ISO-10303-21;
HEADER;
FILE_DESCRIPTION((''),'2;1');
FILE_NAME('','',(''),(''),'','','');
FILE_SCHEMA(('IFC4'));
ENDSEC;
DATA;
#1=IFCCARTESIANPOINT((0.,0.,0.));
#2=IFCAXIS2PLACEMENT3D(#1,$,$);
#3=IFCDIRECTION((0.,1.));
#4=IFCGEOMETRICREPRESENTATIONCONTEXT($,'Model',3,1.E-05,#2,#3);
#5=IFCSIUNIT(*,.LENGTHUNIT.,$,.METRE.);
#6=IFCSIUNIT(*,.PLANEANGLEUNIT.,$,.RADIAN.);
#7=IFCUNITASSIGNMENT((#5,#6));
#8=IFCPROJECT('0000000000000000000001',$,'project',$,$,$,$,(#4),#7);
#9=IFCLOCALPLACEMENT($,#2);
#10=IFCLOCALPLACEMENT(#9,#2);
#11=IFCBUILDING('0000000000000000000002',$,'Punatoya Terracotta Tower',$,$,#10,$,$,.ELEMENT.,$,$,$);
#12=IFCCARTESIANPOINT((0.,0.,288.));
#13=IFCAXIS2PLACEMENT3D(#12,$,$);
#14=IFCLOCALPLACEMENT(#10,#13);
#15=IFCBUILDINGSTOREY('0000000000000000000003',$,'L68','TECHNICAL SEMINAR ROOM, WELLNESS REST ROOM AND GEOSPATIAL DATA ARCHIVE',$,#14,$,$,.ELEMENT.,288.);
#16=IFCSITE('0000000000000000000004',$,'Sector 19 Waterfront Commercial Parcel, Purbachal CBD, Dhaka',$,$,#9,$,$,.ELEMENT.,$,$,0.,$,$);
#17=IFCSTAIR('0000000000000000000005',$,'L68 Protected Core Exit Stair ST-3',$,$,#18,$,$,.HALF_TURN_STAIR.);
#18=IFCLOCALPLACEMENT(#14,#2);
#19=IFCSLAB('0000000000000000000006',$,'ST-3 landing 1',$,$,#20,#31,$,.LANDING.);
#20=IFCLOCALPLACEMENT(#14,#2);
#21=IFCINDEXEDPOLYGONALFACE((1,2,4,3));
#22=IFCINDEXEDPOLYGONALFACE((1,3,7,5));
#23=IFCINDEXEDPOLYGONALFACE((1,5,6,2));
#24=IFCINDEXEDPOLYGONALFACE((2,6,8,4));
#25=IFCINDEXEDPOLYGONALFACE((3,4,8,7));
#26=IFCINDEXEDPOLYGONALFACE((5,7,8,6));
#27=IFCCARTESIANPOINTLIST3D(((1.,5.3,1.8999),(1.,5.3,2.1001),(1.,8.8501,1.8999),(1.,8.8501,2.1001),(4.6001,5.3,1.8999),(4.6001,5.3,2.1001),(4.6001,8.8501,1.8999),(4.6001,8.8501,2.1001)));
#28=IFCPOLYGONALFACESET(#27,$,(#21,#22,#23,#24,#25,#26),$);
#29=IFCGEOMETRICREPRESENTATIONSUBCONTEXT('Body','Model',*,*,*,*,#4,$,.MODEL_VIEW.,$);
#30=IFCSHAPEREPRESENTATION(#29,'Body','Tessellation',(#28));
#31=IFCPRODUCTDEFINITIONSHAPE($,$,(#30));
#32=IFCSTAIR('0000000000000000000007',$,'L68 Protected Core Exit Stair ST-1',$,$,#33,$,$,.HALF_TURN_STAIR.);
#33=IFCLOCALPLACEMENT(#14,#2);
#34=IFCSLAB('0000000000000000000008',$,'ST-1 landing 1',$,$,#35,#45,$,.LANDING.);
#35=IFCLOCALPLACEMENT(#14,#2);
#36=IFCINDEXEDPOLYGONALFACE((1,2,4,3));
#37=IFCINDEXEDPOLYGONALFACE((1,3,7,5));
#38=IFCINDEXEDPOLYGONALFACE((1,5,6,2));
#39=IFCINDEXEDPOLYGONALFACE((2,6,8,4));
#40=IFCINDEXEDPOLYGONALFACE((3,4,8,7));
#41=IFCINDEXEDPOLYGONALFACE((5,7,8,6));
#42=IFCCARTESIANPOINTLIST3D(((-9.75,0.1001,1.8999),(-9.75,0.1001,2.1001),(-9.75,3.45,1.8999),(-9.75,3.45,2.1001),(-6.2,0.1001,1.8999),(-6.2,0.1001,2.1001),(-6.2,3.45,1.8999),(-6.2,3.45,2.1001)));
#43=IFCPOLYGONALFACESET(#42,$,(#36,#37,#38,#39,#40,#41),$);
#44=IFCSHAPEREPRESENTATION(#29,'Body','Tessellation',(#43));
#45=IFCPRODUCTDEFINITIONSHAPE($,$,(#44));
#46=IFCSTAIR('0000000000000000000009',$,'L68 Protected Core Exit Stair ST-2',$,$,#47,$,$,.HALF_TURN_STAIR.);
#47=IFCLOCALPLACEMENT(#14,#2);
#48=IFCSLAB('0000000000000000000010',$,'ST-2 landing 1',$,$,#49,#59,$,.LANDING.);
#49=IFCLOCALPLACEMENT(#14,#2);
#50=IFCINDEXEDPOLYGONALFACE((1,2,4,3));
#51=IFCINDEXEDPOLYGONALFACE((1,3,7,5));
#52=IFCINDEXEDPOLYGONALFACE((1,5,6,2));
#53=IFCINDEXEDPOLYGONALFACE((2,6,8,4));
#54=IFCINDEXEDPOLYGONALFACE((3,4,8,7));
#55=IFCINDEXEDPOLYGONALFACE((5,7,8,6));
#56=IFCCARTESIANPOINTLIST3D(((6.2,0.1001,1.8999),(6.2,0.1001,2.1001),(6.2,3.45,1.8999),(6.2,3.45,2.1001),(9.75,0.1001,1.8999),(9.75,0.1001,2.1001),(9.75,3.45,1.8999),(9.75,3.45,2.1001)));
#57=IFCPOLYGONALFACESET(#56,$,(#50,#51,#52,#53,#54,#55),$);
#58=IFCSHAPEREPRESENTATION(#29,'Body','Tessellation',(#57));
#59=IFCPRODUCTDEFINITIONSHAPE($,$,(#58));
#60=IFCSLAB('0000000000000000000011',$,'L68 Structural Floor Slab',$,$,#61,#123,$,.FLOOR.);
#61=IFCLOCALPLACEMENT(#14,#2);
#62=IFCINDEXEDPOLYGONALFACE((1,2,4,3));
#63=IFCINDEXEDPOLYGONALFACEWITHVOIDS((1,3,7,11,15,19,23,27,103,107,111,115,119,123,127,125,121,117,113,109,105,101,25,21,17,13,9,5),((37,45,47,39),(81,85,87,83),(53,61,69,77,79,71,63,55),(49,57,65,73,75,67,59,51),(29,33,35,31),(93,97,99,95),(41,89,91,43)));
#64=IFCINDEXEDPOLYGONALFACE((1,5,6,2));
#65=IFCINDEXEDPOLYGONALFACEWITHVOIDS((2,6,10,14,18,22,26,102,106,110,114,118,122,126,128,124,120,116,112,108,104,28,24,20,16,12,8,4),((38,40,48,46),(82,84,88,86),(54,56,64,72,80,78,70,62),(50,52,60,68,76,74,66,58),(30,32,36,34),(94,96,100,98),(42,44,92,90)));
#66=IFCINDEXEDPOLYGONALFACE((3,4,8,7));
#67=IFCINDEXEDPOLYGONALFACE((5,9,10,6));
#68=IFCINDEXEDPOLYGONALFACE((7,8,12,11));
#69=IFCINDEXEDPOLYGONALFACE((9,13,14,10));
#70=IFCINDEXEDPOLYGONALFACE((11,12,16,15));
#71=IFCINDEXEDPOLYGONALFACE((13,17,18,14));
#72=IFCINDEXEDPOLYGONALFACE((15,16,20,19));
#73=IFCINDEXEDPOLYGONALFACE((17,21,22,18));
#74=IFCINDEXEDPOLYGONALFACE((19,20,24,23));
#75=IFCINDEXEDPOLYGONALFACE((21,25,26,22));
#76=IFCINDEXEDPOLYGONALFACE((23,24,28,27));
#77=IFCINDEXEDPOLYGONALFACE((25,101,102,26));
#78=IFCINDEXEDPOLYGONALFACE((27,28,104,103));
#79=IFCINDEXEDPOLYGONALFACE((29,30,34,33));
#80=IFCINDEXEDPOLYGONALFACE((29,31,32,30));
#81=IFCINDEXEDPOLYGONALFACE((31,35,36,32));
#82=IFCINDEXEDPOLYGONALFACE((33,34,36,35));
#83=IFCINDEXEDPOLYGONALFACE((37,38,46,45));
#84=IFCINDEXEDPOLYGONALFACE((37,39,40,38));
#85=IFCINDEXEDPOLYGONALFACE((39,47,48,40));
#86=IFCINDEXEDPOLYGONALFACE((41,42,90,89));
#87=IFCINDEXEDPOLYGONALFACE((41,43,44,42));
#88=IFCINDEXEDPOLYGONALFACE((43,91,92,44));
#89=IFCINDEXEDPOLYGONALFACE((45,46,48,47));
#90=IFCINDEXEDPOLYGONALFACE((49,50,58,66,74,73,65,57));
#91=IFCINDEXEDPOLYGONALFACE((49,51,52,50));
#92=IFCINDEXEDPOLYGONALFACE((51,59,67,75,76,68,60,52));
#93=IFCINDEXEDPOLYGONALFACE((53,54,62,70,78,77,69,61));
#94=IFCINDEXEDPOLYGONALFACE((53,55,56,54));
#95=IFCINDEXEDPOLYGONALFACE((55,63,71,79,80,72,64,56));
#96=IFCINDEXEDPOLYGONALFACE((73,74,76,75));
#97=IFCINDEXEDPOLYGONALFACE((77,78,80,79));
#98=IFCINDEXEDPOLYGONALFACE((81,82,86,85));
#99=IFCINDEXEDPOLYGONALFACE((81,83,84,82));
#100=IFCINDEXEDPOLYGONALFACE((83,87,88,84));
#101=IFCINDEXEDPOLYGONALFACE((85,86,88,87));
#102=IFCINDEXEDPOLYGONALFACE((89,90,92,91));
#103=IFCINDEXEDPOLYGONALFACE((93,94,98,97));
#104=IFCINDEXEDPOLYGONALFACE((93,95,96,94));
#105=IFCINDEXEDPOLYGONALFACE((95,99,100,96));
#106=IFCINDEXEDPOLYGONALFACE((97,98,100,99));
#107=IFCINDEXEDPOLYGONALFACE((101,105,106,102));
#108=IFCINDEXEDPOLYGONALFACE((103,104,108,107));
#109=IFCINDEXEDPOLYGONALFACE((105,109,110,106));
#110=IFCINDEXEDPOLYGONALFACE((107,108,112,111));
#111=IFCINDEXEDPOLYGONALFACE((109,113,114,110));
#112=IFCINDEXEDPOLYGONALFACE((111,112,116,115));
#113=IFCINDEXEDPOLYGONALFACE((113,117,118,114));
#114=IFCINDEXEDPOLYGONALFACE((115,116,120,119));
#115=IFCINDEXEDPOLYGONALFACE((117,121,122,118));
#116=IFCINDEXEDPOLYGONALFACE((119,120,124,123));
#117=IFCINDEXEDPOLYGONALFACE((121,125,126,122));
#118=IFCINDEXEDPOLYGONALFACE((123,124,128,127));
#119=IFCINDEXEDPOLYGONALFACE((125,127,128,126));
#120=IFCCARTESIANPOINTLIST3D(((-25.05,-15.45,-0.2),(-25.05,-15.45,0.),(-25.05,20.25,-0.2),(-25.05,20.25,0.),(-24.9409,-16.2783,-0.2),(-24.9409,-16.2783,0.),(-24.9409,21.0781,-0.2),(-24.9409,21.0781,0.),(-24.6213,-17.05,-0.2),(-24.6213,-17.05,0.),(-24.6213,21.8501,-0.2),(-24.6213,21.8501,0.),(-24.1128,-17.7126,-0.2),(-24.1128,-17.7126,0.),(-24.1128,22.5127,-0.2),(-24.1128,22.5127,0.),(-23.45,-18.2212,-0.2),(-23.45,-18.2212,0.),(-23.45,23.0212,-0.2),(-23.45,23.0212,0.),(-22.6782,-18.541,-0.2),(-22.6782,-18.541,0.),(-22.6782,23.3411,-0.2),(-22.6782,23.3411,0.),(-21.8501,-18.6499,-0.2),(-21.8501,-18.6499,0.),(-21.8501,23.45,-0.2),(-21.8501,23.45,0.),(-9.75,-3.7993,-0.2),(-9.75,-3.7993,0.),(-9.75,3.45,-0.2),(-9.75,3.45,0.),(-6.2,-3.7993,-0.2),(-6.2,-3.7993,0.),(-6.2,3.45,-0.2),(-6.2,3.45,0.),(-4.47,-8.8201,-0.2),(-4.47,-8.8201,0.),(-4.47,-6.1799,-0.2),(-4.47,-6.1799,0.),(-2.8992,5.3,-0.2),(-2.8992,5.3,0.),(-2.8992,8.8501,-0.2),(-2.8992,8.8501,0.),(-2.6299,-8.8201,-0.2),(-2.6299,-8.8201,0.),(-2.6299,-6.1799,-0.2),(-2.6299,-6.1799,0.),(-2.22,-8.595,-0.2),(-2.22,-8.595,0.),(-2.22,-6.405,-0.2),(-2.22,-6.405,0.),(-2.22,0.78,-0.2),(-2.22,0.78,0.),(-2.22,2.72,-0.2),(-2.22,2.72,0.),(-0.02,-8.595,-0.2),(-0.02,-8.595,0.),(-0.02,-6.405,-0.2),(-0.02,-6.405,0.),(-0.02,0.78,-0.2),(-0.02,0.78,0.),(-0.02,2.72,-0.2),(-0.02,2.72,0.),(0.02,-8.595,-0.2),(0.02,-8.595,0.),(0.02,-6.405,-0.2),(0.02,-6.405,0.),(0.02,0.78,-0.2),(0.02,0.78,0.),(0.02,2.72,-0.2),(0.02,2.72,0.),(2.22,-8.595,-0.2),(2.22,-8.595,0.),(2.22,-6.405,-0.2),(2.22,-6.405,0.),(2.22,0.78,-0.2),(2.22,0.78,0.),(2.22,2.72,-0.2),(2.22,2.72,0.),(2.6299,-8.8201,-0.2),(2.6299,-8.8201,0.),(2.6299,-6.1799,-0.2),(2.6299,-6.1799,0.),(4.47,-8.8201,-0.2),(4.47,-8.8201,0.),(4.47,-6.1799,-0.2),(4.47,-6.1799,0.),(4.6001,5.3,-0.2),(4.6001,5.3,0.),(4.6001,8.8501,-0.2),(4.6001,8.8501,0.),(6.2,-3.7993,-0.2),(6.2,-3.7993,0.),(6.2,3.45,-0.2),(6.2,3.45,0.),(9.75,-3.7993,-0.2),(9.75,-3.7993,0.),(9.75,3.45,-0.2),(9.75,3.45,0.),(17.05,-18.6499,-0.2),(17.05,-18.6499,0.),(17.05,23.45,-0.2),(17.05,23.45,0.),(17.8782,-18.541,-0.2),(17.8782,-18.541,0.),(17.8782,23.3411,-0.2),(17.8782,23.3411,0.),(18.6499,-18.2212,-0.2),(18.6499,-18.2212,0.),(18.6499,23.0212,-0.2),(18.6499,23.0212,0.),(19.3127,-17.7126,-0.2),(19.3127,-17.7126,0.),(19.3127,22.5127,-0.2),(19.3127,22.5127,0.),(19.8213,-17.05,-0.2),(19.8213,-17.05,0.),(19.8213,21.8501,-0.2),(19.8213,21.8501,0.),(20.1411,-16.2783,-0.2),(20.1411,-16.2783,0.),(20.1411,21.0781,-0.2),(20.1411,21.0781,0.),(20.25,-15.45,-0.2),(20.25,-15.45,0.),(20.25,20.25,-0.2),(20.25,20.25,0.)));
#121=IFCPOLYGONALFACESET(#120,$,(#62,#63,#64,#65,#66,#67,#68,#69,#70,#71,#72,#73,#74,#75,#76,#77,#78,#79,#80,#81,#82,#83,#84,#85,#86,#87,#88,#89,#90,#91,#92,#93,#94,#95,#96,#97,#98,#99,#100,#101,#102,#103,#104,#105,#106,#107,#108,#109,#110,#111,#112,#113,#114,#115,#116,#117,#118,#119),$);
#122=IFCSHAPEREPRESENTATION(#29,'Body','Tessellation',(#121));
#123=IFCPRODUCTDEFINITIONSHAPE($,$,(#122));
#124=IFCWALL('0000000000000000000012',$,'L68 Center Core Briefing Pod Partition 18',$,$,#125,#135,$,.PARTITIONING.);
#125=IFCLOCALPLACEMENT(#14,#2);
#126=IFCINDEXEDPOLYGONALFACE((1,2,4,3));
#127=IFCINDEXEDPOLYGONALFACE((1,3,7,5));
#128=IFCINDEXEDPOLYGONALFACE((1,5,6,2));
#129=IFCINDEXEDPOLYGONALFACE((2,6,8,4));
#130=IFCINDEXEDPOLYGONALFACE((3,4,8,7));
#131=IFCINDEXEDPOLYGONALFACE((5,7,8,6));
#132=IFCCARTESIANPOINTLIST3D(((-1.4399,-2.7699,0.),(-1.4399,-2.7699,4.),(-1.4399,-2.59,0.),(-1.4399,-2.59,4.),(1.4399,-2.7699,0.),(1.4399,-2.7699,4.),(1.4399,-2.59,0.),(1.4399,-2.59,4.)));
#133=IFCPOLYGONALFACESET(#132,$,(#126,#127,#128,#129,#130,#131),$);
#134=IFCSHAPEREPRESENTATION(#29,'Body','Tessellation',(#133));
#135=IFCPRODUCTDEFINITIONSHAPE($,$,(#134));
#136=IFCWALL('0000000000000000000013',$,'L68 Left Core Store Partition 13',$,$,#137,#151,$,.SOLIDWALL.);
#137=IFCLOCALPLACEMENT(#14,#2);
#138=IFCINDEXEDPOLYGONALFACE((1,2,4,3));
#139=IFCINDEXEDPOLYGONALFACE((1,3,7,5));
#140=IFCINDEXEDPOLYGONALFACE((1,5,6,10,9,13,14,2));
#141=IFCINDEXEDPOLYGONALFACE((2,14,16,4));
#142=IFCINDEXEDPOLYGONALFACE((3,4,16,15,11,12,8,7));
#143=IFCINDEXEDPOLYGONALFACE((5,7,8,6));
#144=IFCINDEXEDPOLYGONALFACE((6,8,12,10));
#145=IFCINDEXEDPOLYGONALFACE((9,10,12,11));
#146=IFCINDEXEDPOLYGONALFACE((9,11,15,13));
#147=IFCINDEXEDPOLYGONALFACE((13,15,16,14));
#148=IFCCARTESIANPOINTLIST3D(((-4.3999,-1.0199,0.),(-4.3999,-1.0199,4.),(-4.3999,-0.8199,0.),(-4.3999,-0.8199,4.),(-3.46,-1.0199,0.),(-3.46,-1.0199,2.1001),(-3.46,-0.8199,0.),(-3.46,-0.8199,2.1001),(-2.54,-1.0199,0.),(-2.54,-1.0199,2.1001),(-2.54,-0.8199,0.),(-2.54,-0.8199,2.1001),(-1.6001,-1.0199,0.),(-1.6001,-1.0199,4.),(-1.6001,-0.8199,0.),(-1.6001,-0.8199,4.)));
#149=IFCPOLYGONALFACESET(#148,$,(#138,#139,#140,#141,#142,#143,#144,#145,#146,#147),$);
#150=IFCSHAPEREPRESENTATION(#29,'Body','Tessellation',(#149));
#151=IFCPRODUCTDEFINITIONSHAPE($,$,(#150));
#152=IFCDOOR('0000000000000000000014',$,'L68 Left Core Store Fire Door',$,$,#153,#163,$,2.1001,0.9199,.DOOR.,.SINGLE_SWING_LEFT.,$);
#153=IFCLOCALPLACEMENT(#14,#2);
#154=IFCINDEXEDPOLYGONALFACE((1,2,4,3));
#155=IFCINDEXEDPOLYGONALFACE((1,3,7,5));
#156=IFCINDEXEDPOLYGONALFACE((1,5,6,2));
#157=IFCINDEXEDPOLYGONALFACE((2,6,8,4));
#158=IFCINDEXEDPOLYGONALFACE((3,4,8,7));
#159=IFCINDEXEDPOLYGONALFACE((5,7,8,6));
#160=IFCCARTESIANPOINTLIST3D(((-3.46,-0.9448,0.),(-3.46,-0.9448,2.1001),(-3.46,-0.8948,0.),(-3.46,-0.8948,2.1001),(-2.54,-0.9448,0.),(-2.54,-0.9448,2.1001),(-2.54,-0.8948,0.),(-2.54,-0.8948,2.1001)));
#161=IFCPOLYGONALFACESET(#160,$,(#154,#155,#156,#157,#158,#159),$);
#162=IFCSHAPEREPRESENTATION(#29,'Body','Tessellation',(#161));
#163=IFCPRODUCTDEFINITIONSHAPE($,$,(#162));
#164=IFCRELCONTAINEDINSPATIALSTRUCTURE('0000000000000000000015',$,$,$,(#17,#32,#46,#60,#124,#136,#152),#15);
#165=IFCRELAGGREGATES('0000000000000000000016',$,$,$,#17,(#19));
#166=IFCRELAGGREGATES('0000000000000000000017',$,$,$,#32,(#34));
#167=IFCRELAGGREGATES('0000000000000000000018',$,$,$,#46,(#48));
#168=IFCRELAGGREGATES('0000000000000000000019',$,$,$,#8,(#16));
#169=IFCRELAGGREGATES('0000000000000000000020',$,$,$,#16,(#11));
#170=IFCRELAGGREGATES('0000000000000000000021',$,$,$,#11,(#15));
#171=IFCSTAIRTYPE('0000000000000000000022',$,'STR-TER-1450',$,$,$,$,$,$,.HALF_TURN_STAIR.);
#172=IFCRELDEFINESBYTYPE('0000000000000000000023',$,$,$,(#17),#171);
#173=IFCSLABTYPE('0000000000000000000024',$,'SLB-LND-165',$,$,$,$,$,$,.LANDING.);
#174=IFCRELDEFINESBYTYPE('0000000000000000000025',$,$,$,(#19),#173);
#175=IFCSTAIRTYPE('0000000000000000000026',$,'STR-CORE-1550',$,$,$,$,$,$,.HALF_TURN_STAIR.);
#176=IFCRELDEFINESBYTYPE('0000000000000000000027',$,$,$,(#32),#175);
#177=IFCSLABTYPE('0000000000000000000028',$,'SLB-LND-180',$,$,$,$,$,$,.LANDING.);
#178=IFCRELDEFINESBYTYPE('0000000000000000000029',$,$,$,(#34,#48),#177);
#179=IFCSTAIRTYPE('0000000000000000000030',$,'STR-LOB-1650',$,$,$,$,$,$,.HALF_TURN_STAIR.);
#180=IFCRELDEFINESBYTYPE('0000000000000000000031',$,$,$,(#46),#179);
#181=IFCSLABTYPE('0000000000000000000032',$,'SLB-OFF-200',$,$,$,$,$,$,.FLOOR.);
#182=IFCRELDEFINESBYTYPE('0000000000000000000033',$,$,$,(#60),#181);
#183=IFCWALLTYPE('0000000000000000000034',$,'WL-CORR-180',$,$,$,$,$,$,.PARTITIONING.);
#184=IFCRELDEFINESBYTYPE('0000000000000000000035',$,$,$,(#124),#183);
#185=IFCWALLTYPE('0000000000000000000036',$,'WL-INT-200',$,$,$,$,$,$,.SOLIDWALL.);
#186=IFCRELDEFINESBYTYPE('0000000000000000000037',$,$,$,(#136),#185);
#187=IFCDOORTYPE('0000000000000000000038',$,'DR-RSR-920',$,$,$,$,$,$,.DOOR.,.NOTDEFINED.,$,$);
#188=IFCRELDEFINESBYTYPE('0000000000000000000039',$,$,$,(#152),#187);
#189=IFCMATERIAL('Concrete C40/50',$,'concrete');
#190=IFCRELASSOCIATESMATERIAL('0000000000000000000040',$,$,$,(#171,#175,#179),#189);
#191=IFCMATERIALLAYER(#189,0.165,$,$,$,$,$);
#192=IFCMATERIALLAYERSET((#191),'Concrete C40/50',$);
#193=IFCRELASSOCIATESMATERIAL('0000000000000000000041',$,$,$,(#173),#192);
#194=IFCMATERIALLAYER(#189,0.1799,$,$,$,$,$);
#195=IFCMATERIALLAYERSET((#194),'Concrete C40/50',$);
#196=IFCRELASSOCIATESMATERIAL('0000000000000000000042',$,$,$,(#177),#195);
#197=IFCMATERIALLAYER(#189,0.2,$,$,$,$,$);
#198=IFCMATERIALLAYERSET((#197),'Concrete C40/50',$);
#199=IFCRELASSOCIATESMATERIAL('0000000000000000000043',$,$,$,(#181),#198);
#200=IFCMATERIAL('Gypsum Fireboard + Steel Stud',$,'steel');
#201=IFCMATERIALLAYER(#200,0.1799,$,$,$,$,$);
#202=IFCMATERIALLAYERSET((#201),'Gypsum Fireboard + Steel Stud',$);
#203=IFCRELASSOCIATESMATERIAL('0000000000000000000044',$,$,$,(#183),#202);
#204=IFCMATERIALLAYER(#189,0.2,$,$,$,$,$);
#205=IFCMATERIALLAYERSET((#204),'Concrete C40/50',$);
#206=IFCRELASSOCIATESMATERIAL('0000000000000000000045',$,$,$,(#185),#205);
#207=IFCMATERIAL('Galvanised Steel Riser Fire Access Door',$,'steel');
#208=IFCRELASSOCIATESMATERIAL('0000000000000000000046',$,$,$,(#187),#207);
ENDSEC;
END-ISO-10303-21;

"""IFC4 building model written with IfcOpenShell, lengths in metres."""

from ifc_helpers import new_model, si_unit, direction, frame, frame_2d, origin, place, context, subcontext, project, spatial, polyline, rectangle, outline, extrude, material, layer, layer_set, type_object, element, fill, aggregate, save


model = new_model("IFC4")

# Units and contexts
model_context = context("Model", 3, precision=1e-05, world=origin(), true_north=direction((0.0, 1.0)))
body_context = subcontext(model_context, "Body", "Model", "MODEL_VIEW")
ifc_project = project(units=[si_unit("LENGTHUNIT", "METRE"), si_unit("PLANEANGLEUNIT", "RADIAN")], contexts=[model_context])

# Site, building, storey
site_placement = place(None, origin())
site = spatial("IfcSite", under=ifc_project, at=site_placement, Name="Sector 19 Waterfront Commercial Parcel, Purbachal CBD, Dhaka", CompositionType="ELEMENT", RefElevation=0.0)
building_placement = place(site_placement, origin())
building = spatial("IfcBuilding", under=site, at=building_placement, Name="Punatoya Terracotta Tower", CompositionType="ELEMENT")
storey_placement = place(building_placement, frame((0.0, 0.0, 288.0)))
storey = spatial("IfcBuildingStorey", under=building, at=storey_placement, Name="L68", Description="TECHNICAL SEMINAR ROOM, WELLNESS REST ROOM AND GEOSPATIAL DATA ARCHIVE", CompositionType="ELEMENT", Elevation=288.0)

# Stairs, slabs
ifc_material_1 = material(Name="Concrete C40/50", Category="concrete")
stair_type_1 = type_object("IfcStairType", Name="STR-TER-1450", PredefinedType="HALF_TURN_STAIR", material=ifc_material_1)
stair_1_placement = place(storey_placement, origin())
stair_1 = element("IfcStair", 1, at=stair_1_placement, inside=storey, type_object=stair_type_1, Name="L68 Protected Core Exit Stair ST-3", PredefinedType="HALF_TURN_STAIR")
ifc_layer_1 = layer(ifc_material_1, 0.165)
ifc_layer_set_1 = layer_set([ifc_layer_1], Name="Concrete C40/50")
slab_type_1 = type_object("IfcSlabType", Name="SLB-LND-165", PredefinedType="LANDING", material=ifc_layer_set_1)
slab_1_placement = place(storey_placement, frame((0.0, 0.0, 1.8999)))
slab_1 = element("IfcSlab", 2, at=slab_1_placement, type_object=slab_type_1, Name="ST-3 landing 1", PredefinedType="LANDING", context=body_context, shape_type="SweptSolid", body=[
    extrude(outline(polyline([(1.0, 5.3), (4.6001, 5.3), (4.6001, 8.8501), (1.0, 8.8501), (1.0, 5.3)])), origin(), (0.0, 0.0, 1.0), 0.2002),
])
aggregate(stair_1, [slab_1])
stair_type_2 = type_object("IfcStairType", Name="STR-CORE-1550", PredefinedType="HALF_TURN_STAIR", material=ifc_material_1)
stair_2_placement = place(storey_placement, origin())
stair_2 = element("IfcStair", 3, at=stair_2_placement, inside=storey, type_object=stair_type_2, Name="L68 Protected Core Exit Stair ST-1", PredefinedType="HALF_TURN_STAIR")
ifc_layer_2 = layer(ifc_material_1, 0.1799)
ifc_layer_set_2 = layer_set([ifc_layer_2], Name="Concrete C40/50")
slab_type_2 = type_object("IfcSlabType", Name="SLB-LND-180", PredefinedType="LANDING", material=ifc_layer_set_2)
slab_2_placement = place(storey_placement, frame((0.0, 0.0, 1.8999)))
slab_2 = element("IfcSlab", 4, at=slab_2_placement, type_object=slab_type_2, Name="ST-1 landing 1", PredefinedType="LANDING", context=body_context, shape_type="SweptSolid", body=[
    extrude(outline(polyline([(-6.2, 0.1001), (-6.2, 3.45), (-9.75, 3.45), (-9.75, 0.1001), (-6.2, 0.1001)])), origin(), (0.0, 0.0, 1.0), 0.2002),
])
aggregate(stair_2, [slab_2])
stair_type_3 = type_object("IfcStairType", Name="STR-LOB-1650", PredefinedType="HALF_TURN_STAIR", material=ifc_material_1)
stair_3_placement = place(storey_placement, origin())
stair_3 = element("IfcStair", 5, at=stair_3_placement, inside=storey, type_object=stair_type_3, Name="L68 Protected Core Exit Stair ST-2", PredefinedType="HALF_TURN_STAIR")
slab_3_placement = place(storey_placement, frame((0.0, 0.0, 1.8999)))
slab_3 = element("IfcSlab", 6, at=slab_3_placement, type_object=slab_type_2, Name="ST-2 landing 1", PredefinedType="LANDING", context=body_context, shape_type="SweptSolid", body=[
    extrude(outline(polyline([(9.75, 0.1001), (9.75, 3.45), (6.2, 3.45), (6.2, 0.1001), (9.75, 0.1001)])), origin(), (0.0, 0.0, 1.0), 0.2002),
])
aggregate(stair_3, [slab_3])

# Slab
ifc_layer_3 = layer(ifc_material_1, 0.2)
ifc_layer_set_3 = layer_set([ifc_layer_3], Name="Concrete C40/50")
slab_type_3 = type_object("IfcSlabType", Name="SLB-OFF-200", PredefinedType="FLOOR", material=ifc_layer_set_3)
slab_4_placement = place(storey_placement, frame((0.0, 0.0, -0.2)))
element("IfcSlab", 7, at=slab_4_placement, inside=storey, type_object=slab_type_3, Name="L68 Structural Floor Slab", PredefinedType="FLOOR", context=body_context, shape_type="SweptSolid", body=[
    extrude(outline(polyline([(-21.8501, -18.6499), (-22.6782, -18.541), (-23.45, -18.2212), (-24.1128, -17.7126), (-24.6213, -17.05), (-24.9409, -16.2783), (-25.05, -15.45), (-25.05, 20.25), (-24.9409, 21.0781), (-24.6213, 21.8501), (-24.1128, 22.5127), (-23.45, 23.0212), (-22.6782, 23.3411), (-21.8501, 23.45), (17.05, 23.45), (17.8782, 23.3411), (18.6499, 23.0212), (19.3127, 22.5127), (19.8213, 21.8501), (20.1411, 21.0781), (20.25, 20.25), (20.25, -15.45), (20.1411, -16.2783), (19.8213, -17.05), (19.3127, -17.7126), (18.6499, -18.2212), (17.8782, -18.541), (17.05, -18.6499), (-21.8501, -18.6499)]), holes=[polyline([(-2.6299, -6.1799), (-4.47, -6.1799), (-4.47, -8.8201), (-2.6299, -8.8201), (-2.6299, -6.1799)]), polyline([(-0.02, -6.405), (-2.22, -6.405), (-2.22, -8.595), (-0.02, -8.595), (0.02, -8.595), (2.22, -8.595), (2.22, -6.405), (0.02, -6.405), (-0.02, -6.405)]), polyline([(4.47, -6.1799), (2.6299, -6.1799), (2.6299, -8.8201), (4.47, -8.8201), (4.47, -6.1799)]), polyline([(-9.75, 3.45), (-9.75, -3.7993), (-6.2, -3.7993), (-6.2, 3.45), (-9.75, 3.45)]), polyline([(6.2, 3.45), (6.2, -3.7993), (9.75, -3.7993), (9.75, 3.45), (6.2, 3.45)]), polyline([(-2.22, 2.72), (-2.22, 0.78), (-0.02, 0.78), (0.02, 0.78), (2.22, 0.78), (2.22, 2.72), (0.02, 2.72), (-0.02, 2.72), (-2.22, 2.72)]), polyline([(4.6001, 5.3), (4.6001, 8.8501), (-2.8992, 8.8501), (-2.8992, 5.3), (4.6001, 5.3)])]), origin(), (0.0, 0.0, 1.0), 0.2),
])

# Wall
ifc_material_2 = material(Name="Gypsum Fireboard + Steel Stud", Category="steel")
ifc_layer_4 = layer(ifc_material_2, 0.1799)
ifc_layer_set_4 = layer_set([ifc_layer_4], Name="Gypsum Fireboard + Steel Stud")
wall_type_1 = type_object("IfcWallType", Name="WL-CORR-180", PredefinedType="PARTITIONING", material=ifc_layer_set_4)
wall_1_placement = place(storey_placement, frame((-1.4399, -2.6799, 0.0), z_axis=(0.0, 0.0, 1.0), x_axis=(1.0, 0.0, 0.0)))
element("IfcWall", 8, at=wall_1_placement, inside=storey, type_object=wall_type_1, Name="L68 Center Core Briefing Pod Partition 18", PredefinedType="PARTITIONING", context=body_context, shape_type="SweptSolid", body=[
    extrude(rectangle(XDim=2.8799, YDim=0.1799, at=frame_2d((1.4399, 0.0))), origin(), (0.0, 0.0, 1.0), 4.0),
])

# Wall, opening, door
ifc_layer_5 = layer(ifc_material_1, 0.2)
ifc_layer_set_5 = layer_set([ifc_layer_5], Name="Concrete C40/50")
wall_type_2 = type_object("IfcWallType", Name="WL-INT-200", PredefinedType="SOLIDWALL", material=ifc_layer_set_5)
wall_2_placement = place(storey_placement, frame((-1.6001, -0.9199, 0.0), z_axis=(0.0, 0.0, 1.0), x_axis=(-1.0, 0.0, 0.0)))
wall_2 = element("IfcWall", 9, at=wall_2_placement, inside=storey, type_object=wall_type_2, Name="L68 Left Core Store Partition 13", PredefinedType="SOLIDWALL", context=body_context, shape_type="SweptSolid", body=[
    extrude(rectangle(XDim=2.7998, YDim=0.2, at=frame_2d((1.3999, 0.0))), origin(), (0.0, 0.0, 1.0), 4.0),
])
opening_1_placement = place(wall_2_placement, frame((0.9399, 0.0, 0.0)))
opening_1 = element("IfcOpeningElement", 10, at=opening_1_placement, cuts=wall_2, PredefinedType="OPENING", context=body_context, shape_type="SweptSolid", body=[
    extrude(rectangle(XDim=0.9199, YDim=2.1001, at=frame_2d((0.46, 1.05))), frame((0.0, 0.1099, 0.0), z_axis=(0.0, -1.0, 0.0), x_axis=(1.0, 0.0, 0.0)), (0.0, 0.0, 1.0), 0.22),
])
ifc_material_3 = material(Name="Galvanised Steel Riser Fire Access Door", Category="steel")
door_type_1 = type_object("IfcDoorType", Name="DR-RSR-920", OperationType="NOTDEFINED", PredefinedType="DOOR", material=ifc_material_3)
door_1_placement = place(opening_1_placement, origin())
door_1 = element("IfcDoor", 11, at=door_1_placement, inside=storey, type_object=door_type_1, Name="L68 Left Core Store Fire Door", OperationType="SINGLE_SWING_LEFT", OverallHeight=2.1001, OverallWidth=0.9199, PredefinedType="DOOR", context=body_context, shape_type="SweptSolid", body=[
    extrude(rectangle(XDim=0.9199, YDim=2.1001, at=frame_2d((0.46, 1.05))), frame((0.0, 0.0249, 0.0), z_axis=(0.0, -1.0, 0.0), x_axis=(1.0, 0.0, 0.0)), (0.0, 0.0, 1.0), 0.05),
])
fill(opening_1, door_1)

save(model, "model.ifc")
